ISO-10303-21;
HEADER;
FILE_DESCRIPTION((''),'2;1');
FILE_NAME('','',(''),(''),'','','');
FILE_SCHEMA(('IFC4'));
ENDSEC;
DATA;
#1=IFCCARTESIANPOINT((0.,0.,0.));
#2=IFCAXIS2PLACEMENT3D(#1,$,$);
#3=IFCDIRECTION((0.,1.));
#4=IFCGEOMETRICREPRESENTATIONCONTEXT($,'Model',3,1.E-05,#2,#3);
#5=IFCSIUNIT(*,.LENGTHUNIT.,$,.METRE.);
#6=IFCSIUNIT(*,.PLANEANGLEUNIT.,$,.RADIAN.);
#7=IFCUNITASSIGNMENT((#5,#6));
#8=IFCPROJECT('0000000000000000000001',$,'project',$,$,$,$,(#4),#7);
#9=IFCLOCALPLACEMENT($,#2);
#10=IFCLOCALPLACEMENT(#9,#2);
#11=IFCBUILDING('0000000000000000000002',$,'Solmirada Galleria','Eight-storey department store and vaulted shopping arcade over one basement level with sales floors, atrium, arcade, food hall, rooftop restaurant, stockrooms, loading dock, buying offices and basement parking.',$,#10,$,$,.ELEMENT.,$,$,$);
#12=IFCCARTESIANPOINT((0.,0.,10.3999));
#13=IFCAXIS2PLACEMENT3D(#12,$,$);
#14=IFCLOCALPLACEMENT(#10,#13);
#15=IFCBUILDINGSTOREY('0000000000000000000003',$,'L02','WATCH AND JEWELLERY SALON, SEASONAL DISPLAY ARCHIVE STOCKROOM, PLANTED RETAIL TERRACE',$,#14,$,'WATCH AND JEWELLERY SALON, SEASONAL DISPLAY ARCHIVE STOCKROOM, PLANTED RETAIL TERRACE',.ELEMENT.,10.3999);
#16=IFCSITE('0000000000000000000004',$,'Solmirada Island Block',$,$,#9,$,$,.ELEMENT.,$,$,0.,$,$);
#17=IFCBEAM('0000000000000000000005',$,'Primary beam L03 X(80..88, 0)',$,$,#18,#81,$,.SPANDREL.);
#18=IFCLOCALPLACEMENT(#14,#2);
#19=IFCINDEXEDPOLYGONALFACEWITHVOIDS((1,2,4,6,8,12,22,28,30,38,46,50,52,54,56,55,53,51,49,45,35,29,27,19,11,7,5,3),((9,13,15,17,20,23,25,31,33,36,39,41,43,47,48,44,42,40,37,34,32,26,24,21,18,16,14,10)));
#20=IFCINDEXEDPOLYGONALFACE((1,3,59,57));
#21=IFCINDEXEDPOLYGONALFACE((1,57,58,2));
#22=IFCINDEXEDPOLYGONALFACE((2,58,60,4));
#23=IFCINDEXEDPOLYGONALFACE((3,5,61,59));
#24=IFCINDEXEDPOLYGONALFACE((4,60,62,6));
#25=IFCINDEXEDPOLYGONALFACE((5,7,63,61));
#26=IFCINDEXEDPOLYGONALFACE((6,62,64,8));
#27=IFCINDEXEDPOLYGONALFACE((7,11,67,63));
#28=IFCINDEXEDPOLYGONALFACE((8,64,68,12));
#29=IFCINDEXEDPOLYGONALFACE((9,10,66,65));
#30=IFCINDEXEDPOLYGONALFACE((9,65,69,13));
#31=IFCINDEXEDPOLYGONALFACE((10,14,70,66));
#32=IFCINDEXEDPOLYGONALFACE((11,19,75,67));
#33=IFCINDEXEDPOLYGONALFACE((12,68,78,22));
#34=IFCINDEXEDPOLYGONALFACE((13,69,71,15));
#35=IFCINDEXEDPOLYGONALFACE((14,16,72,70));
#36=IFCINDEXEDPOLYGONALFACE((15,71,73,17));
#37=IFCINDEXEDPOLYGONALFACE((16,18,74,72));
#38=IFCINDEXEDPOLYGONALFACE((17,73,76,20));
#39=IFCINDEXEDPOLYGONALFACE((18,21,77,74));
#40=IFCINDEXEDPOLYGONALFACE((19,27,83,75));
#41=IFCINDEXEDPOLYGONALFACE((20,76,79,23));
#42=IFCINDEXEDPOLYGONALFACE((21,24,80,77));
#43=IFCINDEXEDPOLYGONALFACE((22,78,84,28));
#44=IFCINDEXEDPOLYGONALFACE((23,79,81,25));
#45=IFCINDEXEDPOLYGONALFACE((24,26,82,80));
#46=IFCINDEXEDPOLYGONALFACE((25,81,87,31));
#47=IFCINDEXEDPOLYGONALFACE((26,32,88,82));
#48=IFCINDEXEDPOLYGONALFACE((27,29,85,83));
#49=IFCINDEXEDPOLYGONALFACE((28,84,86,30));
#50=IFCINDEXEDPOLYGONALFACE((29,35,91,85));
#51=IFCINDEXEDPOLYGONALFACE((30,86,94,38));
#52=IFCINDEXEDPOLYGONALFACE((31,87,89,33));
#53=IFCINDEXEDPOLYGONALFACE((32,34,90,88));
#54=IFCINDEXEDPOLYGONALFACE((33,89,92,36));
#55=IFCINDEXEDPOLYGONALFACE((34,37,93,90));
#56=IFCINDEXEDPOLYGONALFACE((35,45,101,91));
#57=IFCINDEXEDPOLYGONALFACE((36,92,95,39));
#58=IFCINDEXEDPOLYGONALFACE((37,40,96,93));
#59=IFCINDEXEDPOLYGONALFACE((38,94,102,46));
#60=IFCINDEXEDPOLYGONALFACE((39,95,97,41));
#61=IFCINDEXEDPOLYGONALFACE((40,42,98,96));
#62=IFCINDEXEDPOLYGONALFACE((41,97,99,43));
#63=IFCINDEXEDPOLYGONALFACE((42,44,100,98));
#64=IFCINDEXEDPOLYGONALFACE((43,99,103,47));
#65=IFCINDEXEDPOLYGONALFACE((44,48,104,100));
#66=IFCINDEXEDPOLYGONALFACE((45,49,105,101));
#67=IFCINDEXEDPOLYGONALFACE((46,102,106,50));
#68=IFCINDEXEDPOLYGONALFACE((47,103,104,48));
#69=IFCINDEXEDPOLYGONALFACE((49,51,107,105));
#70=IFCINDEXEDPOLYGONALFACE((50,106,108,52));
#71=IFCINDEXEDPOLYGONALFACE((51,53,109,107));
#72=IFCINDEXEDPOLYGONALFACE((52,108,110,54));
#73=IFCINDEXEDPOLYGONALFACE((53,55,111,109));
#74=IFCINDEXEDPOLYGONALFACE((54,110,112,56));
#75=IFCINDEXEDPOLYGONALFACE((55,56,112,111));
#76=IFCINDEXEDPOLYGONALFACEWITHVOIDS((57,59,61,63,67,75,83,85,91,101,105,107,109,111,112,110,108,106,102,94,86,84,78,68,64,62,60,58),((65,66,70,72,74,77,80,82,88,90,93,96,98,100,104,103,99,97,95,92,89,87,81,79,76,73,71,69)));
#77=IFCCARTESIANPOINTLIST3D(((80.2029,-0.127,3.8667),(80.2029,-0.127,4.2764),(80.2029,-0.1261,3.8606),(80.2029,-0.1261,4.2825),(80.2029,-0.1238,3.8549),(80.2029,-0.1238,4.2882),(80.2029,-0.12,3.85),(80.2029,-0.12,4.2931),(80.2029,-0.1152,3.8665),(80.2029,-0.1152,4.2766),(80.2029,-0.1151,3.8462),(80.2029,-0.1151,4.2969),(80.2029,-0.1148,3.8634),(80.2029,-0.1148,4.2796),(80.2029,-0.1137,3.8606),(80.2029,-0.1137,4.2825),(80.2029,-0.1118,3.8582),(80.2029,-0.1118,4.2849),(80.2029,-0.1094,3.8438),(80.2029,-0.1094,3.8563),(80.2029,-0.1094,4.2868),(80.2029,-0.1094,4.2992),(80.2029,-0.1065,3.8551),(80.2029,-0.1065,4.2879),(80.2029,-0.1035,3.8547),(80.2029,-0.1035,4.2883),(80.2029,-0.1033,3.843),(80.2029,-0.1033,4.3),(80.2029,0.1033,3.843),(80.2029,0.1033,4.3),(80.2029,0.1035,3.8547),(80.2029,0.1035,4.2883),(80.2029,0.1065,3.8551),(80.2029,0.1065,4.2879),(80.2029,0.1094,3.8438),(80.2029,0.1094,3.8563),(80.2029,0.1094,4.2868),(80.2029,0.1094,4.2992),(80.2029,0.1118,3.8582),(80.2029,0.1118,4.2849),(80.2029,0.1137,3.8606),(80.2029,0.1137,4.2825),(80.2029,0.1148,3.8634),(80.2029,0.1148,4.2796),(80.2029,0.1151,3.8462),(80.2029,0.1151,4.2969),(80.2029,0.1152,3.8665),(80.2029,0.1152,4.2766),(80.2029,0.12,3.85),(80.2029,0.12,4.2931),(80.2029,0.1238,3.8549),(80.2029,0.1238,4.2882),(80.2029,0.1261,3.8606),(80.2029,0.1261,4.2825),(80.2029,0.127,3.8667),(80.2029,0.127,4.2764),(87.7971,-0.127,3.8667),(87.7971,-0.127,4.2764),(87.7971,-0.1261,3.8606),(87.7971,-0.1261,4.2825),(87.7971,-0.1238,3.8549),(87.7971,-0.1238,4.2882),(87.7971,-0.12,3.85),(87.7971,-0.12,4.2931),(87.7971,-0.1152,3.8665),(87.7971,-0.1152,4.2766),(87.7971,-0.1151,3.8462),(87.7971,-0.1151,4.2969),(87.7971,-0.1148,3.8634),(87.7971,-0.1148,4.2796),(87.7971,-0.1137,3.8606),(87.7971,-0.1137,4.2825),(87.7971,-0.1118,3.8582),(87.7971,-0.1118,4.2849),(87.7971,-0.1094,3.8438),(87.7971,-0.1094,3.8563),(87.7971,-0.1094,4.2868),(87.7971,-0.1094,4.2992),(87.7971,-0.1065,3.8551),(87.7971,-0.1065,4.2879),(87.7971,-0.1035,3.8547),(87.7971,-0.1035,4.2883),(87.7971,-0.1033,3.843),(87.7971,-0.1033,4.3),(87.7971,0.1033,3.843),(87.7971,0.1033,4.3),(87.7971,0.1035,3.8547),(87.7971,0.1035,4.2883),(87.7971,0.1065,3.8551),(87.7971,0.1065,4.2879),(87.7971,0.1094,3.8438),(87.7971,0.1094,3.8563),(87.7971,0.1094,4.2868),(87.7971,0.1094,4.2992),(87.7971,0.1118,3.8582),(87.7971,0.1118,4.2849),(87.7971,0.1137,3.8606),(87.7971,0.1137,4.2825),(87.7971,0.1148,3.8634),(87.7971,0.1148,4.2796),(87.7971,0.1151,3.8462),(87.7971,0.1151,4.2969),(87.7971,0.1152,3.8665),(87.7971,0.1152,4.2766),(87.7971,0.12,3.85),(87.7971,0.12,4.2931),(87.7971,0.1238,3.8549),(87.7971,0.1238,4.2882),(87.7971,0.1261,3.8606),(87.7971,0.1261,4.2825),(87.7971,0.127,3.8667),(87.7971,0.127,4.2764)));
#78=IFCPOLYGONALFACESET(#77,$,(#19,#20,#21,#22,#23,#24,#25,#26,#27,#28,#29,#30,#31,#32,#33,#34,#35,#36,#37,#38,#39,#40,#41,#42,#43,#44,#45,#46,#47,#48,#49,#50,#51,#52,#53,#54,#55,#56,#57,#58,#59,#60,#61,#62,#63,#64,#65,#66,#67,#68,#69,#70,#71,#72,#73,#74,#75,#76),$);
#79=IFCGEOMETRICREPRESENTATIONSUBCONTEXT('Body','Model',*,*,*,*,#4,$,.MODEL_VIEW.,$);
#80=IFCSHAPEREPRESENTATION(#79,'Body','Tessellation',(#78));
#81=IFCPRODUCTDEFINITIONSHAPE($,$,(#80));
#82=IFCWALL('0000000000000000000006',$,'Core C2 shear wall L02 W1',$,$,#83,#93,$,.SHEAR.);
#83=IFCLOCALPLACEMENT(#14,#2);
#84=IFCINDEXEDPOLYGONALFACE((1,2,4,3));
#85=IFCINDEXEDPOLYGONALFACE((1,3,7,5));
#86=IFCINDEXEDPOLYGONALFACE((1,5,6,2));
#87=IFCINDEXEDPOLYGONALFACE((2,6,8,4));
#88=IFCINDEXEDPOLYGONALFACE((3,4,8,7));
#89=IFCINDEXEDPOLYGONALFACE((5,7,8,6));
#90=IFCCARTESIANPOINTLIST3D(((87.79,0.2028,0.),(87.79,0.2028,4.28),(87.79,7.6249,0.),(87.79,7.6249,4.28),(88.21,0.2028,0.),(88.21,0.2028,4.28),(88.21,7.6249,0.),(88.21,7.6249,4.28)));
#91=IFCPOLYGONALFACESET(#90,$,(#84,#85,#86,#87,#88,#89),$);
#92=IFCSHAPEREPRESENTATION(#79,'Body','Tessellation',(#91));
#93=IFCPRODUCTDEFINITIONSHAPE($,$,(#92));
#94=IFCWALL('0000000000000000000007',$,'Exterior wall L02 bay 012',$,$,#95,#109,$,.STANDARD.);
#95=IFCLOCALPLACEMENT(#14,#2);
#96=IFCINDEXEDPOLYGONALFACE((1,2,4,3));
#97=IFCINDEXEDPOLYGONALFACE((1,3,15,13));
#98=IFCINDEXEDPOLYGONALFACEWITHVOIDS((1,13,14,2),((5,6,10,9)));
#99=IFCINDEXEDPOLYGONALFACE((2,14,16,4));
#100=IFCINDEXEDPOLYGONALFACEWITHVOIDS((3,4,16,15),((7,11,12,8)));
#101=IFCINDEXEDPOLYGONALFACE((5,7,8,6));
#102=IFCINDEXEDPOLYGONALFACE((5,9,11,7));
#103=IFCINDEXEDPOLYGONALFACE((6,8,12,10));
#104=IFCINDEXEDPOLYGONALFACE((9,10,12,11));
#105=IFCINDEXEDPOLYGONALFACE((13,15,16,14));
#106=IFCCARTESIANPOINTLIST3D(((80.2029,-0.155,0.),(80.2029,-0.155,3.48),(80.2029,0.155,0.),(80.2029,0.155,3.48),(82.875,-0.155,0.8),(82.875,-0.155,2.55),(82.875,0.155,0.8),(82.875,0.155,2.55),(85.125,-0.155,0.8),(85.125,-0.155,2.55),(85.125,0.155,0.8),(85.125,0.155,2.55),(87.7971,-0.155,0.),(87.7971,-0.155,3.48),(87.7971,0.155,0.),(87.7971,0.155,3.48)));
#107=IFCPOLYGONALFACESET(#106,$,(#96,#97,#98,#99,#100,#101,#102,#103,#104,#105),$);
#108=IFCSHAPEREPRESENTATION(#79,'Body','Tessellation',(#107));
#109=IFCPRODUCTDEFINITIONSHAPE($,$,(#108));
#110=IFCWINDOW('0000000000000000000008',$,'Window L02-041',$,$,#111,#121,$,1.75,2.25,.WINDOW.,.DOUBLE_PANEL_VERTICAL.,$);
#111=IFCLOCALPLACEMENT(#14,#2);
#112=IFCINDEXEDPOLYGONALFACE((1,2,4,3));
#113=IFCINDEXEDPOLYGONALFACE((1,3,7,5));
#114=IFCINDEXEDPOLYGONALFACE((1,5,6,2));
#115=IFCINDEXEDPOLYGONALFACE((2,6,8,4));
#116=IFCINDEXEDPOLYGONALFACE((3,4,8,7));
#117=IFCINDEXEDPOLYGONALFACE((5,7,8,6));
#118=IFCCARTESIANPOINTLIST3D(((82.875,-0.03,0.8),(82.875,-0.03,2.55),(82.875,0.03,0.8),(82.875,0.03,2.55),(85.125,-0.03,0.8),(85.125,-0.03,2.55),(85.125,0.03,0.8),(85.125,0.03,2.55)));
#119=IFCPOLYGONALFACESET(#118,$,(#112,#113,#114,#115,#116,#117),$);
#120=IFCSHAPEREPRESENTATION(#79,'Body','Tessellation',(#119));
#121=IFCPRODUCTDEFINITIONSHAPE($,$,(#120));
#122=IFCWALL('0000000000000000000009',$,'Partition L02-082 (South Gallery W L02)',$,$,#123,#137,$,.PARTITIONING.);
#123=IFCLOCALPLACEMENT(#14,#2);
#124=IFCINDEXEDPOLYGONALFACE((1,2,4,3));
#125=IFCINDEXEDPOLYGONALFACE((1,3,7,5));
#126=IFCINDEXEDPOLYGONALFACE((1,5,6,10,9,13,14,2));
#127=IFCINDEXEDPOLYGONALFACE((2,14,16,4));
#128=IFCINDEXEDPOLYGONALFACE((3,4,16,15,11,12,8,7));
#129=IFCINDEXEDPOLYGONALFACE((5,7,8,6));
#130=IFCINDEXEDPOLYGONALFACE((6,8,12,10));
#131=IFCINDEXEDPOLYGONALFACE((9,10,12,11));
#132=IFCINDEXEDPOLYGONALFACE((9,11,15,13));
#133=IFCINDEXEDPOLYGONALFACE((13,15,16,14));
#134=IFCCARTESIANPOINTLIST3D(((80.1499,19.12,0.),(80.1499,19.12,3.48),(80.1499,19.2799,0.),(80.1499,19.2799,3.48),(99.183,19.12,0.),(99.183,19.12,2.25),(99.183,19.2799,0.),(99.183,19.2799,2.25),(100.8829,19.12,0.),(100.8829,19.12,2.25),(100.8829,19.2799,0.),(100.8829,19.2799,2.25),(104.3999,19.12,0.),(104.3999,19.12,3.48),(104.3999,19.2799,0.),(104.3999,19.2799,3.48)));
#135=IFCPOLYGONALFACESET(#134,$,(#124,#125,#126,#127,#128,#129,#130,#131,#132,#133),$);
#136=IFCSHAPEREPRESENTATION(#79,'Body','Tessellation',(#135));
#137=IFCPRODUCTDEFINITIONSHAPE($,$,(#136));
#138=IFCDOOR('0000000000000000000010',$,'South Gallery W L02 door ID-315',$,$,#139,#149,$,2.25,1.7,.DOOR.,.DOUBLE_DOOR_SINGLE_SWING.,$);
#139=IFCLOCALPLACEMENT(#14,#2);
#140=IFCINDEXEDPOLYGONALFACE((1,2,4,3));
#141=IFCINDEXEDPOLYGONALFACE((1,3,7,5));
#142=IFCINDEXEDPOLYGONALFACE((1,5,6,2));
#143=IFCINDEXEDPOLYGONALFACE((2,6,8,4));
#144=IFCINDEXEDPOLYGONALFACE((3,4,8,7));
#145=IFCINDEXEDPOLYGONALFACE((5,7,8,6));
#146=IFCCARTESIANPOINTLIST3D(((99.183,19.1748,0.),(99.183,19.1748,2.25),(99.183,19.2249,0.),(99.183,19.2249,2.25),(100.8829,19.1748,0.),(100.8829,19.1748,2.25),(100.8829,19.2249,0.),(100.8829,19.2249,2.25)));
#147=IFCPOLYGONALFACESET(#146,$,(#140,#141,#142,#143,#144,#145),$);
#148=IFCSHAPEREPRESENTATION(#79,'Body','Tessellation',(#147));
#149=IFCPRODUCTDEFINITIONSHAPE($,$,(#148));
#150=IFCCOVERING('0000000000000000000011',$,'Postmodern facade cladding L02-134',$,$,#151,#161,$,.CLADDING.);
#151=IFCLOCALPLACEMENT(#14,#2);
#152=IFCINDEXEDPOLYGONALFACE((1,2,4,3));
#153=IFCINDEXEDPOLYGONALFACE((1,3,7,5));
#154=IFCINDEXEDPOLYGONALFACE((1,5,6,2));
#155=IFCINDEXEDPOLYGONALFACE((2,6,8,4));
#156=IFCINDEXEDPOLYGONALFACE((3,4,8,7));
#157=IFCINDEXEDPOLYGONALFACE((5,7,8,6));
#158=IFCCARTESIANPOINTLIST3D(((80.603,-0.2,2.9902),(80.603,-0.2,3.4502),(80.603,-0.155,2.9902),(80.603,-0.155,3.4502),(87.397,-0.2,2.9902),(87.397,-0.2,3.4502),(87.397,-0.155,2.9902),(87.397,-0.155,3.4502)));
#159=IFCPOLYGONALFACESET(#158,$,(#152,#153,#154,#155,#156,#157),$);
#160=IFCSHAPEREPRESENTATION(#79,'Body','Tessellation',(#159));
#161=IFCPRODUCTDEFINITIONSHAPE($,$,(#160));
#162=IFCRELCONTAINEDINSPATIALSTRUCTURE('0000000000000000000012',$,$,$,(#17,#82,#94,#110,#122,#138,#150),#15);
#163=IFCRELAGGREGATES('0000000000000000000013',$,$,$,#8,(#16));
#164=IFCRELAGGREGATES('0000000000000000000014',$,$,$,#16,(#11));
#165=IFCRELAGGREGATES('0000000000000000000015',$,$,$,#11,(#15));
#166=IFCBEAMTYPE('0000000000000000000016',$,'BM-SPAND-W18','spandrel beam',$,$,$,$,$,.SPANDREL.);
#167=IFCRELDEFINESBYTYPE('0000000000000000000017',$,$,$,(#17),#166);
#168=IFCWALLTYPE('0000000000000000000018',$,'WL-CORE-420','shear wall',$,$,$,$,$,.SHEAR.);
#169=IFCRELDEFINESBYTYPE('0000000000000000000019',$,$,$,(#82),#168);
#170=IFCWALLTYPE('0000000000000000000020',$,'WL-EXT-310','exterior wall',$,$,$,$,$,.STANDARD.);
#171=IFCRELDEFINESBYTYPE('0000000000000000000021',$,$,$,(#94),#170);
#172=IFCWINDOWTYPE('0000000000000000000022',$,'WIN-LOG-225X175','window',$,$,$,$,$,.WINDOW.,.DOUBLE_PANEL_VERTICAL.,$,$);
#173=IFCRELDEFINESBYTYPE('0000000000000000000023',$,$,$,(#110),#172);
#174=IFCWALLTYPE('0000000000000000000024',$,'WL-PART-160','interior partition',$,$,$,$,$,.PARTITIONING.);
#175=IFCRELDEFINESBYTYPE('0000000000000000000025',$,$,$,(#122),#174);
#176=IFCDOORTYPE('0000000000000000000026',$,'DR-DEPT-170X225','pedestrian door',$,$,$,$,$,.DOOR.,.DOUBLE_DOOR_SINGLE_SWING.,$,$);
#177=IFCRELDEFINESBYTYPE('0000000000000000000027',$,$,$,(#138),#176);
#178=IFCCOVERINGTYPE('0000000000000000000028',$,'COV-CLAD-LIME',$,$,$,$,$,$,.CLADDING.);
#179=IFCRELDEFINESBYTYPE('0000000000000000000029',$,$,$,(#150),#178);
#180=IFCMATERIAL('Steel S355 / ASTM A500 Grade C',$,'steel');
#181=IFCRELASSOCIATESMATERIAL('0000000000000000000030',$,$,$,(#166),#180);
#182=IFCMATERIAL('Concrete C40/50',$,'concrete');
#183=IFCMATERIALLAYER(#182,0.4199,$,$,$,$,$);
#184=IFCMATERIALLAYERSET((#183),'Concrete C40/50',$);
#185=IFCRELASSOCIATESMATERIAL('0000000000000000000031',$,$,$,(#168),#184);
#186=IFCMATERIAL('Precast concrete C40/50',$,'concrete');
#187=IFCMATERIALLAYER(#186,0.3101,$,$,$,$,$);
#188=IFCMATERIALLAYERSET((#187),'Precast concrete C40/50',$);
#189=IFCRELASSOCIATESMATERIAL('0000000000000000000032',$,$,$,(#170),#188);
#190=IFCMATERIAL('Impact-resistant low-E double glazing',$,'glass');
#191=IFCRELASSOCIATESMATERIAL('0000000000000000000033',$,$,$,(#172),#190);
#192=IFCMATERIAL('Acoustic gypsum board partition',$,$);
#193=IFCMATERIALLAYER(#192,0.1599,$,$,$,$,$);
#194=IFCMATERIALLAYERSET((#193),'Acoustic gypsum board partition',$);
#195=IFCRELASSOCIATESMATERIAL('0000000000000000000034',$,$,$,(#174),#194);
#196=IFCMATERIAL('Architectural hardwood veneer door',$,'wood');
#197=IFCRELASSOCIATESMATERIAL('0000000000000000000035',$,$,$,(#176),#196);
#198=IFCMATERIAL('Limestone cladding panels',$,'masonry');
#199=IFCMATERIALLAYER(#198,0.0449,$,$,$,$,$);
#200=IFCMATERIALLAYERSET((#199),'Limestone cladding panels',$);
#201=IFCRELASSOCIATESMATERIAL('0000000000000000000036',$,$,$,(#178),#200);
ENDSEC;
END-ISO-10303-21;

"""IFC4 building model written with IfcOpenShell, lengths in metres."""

from ifc_helpers import new_model, si_unit, direction, frame, frame_2d, origin, origin_2d, place, context, subcontext, project, spatial, rectangle, hollow_rectangle, extrude, material, layer, layer_set, material_profile, profile_set, type_object, element, fill, save


model = new_model("IFC4")

# Units and contexts
model_context = context("Model", 3, precision=1e-05, world=origin(), true_north=direction((0.0, 1.0)))
body_context = subcontext(model_context, "Body", "Model", "MODEL_VIEW")
ifc_project = project(units=[si_unit("LENGTHUNIT", "METRE"), si_unit("PLANEANGLEUNIT", "RADIAN")], contexts=[model_context])

# Site, building, storey
site_placement = place(None, origin())
site = spatial("IfcSite", under=ifc_project, at=site_placement, Name="Solmirada Island Block", CompositionType="ELEMENT", RefElevation=0.0)
building_placement = place(site_placement, origin())
building = spatial("IfcBuilding", under=site, at=building_placement, Name="Solmirada Galleria", Description="Eight-storey department store and vaulted shopping arcade over one basement level with sales floors, atrium, arcade, food hall, rooftop restaurant, stockrooms, loading dock, buying offices and basement parking.", CompositionType="ELEMENT")
storey_placement = place(building_placement, frame((0.0, 0.0, 10.3999)))
storey = spatial("IfcBuildingStorey", under=building, at=storey_placement, Name="L02", Description="WATCH AND JEWELLERY SALON, SEASONAL DISPLAY ARCHIVE STOCKROOM, PLANTED RETAIL TERRACE", LongName="WATCH AND JEWELLERY SALON, SEASONAL DISPLAY ARCHIVE STOCKROOM, PLANTED RETAIL TERRACE", CompositionType="ELEMENT", Elevation=10.3999)

# Shared definitions
ifc_material_1 = material(Name="Steel S355 / ASTM A500 Grade C", Category="steel")
ifc_material_2 = material(Name="Concrete C40/50", Category="concrete")

# Beam
ifc_material_profile_1 = material_profile(ifc_material_1, hollow_rectangle(XDim=0.2539, YDim=0.457, WallThickness=0.0117, InnerFilletRadius=0.0117, OuterFilletRadius=0.0237, at=origin_2d()), Name="HSS18X10X1/2")
ifc_profile_set_1 = profile_set([ifc_material_profile_1], Name="Steel S355 / ASTM A500 Grade C")
beam_type_1 = type_object("IfcBeamType", Name="BM-SPAND-W18", Description="spandrel beam", PredefinedType="SPANDREL", material=ifc_profile_set_1)
beam_1_placement = place(storey_placement, frame((80.2029, 0.0, 4.0715), z_axis=(1.0, 0.0, 0.0), x_axis=(0.0, 1.0, 0.0)))
element("IfcBeam", 1, at=beam_1_placement, inside=storey, type_object=beam_type_1, Name="Primary beam L03 X(80..88, 0)", PredefinedType="SPANDREL", context=body_context, shape_type="SweptSolid", body=[
    extrude(hollow_rectangle(XDim=0.2539, YDim=0.457, WallThickness=0.0117, InnerFilletRadius=0.0117, OuterFilletRadius=0.0237, at=origin_2d()), origin(), (0.0, 0.0, 1.0), 7.5942),
])

# Wall
ifc_layer_1 = layer(ifc_material_2, 0.4199)
ifc_layer_set_1 = layer_set([ifc_layer_1], Name="Concrete C40/50")
wall_type_1 = type_object("IfcWallType", Name="WL-CORE-420", Description="shear wall", PredefinedType="SHEAR", material=ifc_layer_set_1)
wall_1_placement = place(storey_placement, frame((88.0, 0.2029, 0.0), z_axis=(0.0, 0.0, 1.0), x_axis=(0.0, 1.0, 0.0)))
element("IfcWall", 2, at=wall_1_placement, inside=storey, type_object=wall_type_1, Name="Core C2 shear wall L02 W1", PredefinedType="SHEAR", context=body_context, shape_type="SweptSolid", body=[
    extrude(rectangle(XDim=7.4221, YDim=0.4199, at=frame_2d((3.7109, 0.0))), origin(), (0.0, 0.0, 1.0), 4.28),
])

# Wall, opening, window
ifc_material_3 = material(Name="Precast concrete C40/50", Category="concrete")
ifc_layer_2 = layer(ifc_material_3, 0.3101)
ifc_layer_set_2 = layer_set([ifc_layer_2], Name="Precast concrete C40/50")
wall_type_2 = type_object("IfcWallType", Name="WL-EXT-310", Description="exterior wall", PredefinedType="STANDARD", material=ifc_layer_set_2)
wall_2_placement = place(storey_placement, frame((87.7971, 0.0, 0.0), z_axis=(0.0, 0.0, 1.0), x_axis=(-1.0, 0.0, 0.0)))
wall_2 = element("IfcWall", 3, at=wall_2_placement, inside=storey, type_object=wall_type_2, Name="Exterior wall L02 bay 012", PredefinedType="STANDARD", context=body_context, shape_type="SweptSolid", body=[
    extrude(rectangle(XDim=7.5942, YDim=0.3101, at=frame_2d((3.7971, 0.0))), origin(), (0.0, 0.0, 1.0), 3.48),
])
opening_1_placement = place(wall_2_placement, frame((2.6721, 0.0, 0.8)))
opening_1 = element("IfcOpeningElement", 4, at=opening_1_placement, cuts=wall_2, PredefinedType="OPENING", context=body_context, shape_type="SweptSolid", body=[
    extrude(rectangle(XDim=2.25, YDim=1.75, at=frame_2d((1.125, 0.875))), frame((0.0, 0.165, 0.0), z_axis=(0.0, -1.0, 0.0), x_axis=(1.0, 0.0, 0.0)), (0.0, 0.0, 1.0), 0.3301),
])
ifc_material_4 = material(Name="Impact-resistant low-E double glazing", Category="glass")
window_type = type_object("IfcWindowType", Name="WIN-LOG-225X175", Description="window", PartitioningType="DOUBLE_PANEL_VERTICAL", PredefinedType="WINDOW", material=ifc_material_4)
window_placement = place(opening_1_placement, origin())
window = element("IfcWindow", 5, at=window_placement, inside=storey, type_object=window_type, Name="Window L02-041", OverallHeight=1.75, OverallWidth=2.25, PartitioningType="DOUBLE_PANEL_VERTICAL", PredefinedType="WINDOW", context=body_context, shape_type="SweptSolid", body=[
    extrude(rectangle(XDim=2.25, YDim=1.75, at=frame_2d((1.125, 0.875))), frame((0.0, 0.03, 0.0), z_axis=(0.0, -1.0, 0.0), x_axis=(1.0, 0.0, 0.0)), (0.0, 0.0, 1.0), 0.0601),
])
fill(opening_1, window)

# Wall, opening, door
ifc_material_5 = material(Name="Acoustic gypsum board partition")
ifc_layer_3 = layer(ifc_material_5, 0.1599)
ifc_layer_set_3 = layer_set([ifc_layer_3], Name="Acoustic gypsum board partition")
wall_type_3 = type_object("IfcWallType", Name="WL-PART-160", Description="interior partition", PredefinedType="PARTITIONING", material=ifc_layer_set_3)
wall_3_placement = place(storey_placement, frame((80.1499, 19.2, 0.0), z_axis=(0.0, 0.0, 1.0), x_axis=(1.0, 0.0, 0.0)))
wall_3 = element("IfcWall", 6, at=wall_3_placement, inside=storey, type_object=wall_type_3, Name="Partition L02-082 (South Gallery W L02)", PredefinedType="PARTITIONING", context=body_context, shape_type="SweptSolid", body=[
    extrude(rectangle(XDim=24.25, YDim=0.1599, at=frame_2d((12.125, 0.0))), origin(), (0.0, 0.0, 1.0), 3.48),
])
opening_2_placement = place(wall_3_placement, frame((19.033, 0.0, 0.0)))
opening_2 = element("IfcOpeningElement", 7, at=opening_2_placement, cuts=wall_3, PredefinedType="OPENING", context=body_context, shape_type="SweptSolid", body=[
    extrude(rectangle(XDim=1.7, YDim=2.25, at=frame_2d((0.8501, 1.125))), frame((0.0, 0.0898, 0.0), z_axis=(0.0, -1.0, 0.0), x_axis=(1.0, 0.0, 0.0)), (0.0, 0.0, 1.0), 0.1799),
])
ifc_material_6 = material(Name="Architectural hardwood veneer door", Category="wood")
door_type_1 = type_object("IfcDoorType", Name="DR-DEPT-170X225", Description="pedestrian door", OperationType="DOUBLE_DOOR_SINGLE_SWING", PredefinedType="DOOR", material=ifc_material_6)
door_1_placement = place(opening_2_placement, origin())
door_1 = element("IfcDoor", 8, at=door_1_placement, inside=storey, type_object=door_type_1, Name="South Gallery W L02 door ID-315", OperationType="DOUBLE_DOOR_SINGLE_SWING", OverallHeight=2.25, OverallWidth=1.7, PredefinedType="DOOR", context=body_context, shape_type="SweptSolid", body=[
    extrude(rectangle(XDim=1.7, YDim=2.25, at=frame_2d((0.8501, 1.125))), frame((0.0, 0.0249, 0.0), z_axis=(0.0, -1.0, 0.0), x_axis=(1.0, 0.0, 0.0)), (0.0, 0.0, 1.0), 0.05),
])
fill(opening_2, door_1)

# Covering
ifc_material_7 = material(Name="Limestone cladding panels", Category="masonry")
ifc_layer_4 = layer(ifc_material_7, 0.0449)
ifc_layer_set_4 = layer_set([ifc_layer_4], Name="Limestone cladding panels")
covering_type = type_object("IfcCoveringType", Name="COV-CLAD-LIME", PredefinedType="CLADDING", material=ifc_layer_set_4)
covering_placement = place(storey_placement, frame((84.0, -0.1775, 2.9902), z_axis=(0.0, 0.0, 1.0), x_axis=(-1.0, 0.0, 0.0)))
element("IfcCovering", 9, at=covering_placement, inside=storey, type_object=covering_type, Name="Postmodern facade cladding L02-134", PredefinedType="CLADDING", context=body_context, shape_type="SweptSolid", body=[
    extrude(rectangle(XDim=6.7939, YDim=0.0449, at=origin_2d()), origin(), (0.0, 0.0, 1.0), 0.46),
])

save(model, "model.ifc")
